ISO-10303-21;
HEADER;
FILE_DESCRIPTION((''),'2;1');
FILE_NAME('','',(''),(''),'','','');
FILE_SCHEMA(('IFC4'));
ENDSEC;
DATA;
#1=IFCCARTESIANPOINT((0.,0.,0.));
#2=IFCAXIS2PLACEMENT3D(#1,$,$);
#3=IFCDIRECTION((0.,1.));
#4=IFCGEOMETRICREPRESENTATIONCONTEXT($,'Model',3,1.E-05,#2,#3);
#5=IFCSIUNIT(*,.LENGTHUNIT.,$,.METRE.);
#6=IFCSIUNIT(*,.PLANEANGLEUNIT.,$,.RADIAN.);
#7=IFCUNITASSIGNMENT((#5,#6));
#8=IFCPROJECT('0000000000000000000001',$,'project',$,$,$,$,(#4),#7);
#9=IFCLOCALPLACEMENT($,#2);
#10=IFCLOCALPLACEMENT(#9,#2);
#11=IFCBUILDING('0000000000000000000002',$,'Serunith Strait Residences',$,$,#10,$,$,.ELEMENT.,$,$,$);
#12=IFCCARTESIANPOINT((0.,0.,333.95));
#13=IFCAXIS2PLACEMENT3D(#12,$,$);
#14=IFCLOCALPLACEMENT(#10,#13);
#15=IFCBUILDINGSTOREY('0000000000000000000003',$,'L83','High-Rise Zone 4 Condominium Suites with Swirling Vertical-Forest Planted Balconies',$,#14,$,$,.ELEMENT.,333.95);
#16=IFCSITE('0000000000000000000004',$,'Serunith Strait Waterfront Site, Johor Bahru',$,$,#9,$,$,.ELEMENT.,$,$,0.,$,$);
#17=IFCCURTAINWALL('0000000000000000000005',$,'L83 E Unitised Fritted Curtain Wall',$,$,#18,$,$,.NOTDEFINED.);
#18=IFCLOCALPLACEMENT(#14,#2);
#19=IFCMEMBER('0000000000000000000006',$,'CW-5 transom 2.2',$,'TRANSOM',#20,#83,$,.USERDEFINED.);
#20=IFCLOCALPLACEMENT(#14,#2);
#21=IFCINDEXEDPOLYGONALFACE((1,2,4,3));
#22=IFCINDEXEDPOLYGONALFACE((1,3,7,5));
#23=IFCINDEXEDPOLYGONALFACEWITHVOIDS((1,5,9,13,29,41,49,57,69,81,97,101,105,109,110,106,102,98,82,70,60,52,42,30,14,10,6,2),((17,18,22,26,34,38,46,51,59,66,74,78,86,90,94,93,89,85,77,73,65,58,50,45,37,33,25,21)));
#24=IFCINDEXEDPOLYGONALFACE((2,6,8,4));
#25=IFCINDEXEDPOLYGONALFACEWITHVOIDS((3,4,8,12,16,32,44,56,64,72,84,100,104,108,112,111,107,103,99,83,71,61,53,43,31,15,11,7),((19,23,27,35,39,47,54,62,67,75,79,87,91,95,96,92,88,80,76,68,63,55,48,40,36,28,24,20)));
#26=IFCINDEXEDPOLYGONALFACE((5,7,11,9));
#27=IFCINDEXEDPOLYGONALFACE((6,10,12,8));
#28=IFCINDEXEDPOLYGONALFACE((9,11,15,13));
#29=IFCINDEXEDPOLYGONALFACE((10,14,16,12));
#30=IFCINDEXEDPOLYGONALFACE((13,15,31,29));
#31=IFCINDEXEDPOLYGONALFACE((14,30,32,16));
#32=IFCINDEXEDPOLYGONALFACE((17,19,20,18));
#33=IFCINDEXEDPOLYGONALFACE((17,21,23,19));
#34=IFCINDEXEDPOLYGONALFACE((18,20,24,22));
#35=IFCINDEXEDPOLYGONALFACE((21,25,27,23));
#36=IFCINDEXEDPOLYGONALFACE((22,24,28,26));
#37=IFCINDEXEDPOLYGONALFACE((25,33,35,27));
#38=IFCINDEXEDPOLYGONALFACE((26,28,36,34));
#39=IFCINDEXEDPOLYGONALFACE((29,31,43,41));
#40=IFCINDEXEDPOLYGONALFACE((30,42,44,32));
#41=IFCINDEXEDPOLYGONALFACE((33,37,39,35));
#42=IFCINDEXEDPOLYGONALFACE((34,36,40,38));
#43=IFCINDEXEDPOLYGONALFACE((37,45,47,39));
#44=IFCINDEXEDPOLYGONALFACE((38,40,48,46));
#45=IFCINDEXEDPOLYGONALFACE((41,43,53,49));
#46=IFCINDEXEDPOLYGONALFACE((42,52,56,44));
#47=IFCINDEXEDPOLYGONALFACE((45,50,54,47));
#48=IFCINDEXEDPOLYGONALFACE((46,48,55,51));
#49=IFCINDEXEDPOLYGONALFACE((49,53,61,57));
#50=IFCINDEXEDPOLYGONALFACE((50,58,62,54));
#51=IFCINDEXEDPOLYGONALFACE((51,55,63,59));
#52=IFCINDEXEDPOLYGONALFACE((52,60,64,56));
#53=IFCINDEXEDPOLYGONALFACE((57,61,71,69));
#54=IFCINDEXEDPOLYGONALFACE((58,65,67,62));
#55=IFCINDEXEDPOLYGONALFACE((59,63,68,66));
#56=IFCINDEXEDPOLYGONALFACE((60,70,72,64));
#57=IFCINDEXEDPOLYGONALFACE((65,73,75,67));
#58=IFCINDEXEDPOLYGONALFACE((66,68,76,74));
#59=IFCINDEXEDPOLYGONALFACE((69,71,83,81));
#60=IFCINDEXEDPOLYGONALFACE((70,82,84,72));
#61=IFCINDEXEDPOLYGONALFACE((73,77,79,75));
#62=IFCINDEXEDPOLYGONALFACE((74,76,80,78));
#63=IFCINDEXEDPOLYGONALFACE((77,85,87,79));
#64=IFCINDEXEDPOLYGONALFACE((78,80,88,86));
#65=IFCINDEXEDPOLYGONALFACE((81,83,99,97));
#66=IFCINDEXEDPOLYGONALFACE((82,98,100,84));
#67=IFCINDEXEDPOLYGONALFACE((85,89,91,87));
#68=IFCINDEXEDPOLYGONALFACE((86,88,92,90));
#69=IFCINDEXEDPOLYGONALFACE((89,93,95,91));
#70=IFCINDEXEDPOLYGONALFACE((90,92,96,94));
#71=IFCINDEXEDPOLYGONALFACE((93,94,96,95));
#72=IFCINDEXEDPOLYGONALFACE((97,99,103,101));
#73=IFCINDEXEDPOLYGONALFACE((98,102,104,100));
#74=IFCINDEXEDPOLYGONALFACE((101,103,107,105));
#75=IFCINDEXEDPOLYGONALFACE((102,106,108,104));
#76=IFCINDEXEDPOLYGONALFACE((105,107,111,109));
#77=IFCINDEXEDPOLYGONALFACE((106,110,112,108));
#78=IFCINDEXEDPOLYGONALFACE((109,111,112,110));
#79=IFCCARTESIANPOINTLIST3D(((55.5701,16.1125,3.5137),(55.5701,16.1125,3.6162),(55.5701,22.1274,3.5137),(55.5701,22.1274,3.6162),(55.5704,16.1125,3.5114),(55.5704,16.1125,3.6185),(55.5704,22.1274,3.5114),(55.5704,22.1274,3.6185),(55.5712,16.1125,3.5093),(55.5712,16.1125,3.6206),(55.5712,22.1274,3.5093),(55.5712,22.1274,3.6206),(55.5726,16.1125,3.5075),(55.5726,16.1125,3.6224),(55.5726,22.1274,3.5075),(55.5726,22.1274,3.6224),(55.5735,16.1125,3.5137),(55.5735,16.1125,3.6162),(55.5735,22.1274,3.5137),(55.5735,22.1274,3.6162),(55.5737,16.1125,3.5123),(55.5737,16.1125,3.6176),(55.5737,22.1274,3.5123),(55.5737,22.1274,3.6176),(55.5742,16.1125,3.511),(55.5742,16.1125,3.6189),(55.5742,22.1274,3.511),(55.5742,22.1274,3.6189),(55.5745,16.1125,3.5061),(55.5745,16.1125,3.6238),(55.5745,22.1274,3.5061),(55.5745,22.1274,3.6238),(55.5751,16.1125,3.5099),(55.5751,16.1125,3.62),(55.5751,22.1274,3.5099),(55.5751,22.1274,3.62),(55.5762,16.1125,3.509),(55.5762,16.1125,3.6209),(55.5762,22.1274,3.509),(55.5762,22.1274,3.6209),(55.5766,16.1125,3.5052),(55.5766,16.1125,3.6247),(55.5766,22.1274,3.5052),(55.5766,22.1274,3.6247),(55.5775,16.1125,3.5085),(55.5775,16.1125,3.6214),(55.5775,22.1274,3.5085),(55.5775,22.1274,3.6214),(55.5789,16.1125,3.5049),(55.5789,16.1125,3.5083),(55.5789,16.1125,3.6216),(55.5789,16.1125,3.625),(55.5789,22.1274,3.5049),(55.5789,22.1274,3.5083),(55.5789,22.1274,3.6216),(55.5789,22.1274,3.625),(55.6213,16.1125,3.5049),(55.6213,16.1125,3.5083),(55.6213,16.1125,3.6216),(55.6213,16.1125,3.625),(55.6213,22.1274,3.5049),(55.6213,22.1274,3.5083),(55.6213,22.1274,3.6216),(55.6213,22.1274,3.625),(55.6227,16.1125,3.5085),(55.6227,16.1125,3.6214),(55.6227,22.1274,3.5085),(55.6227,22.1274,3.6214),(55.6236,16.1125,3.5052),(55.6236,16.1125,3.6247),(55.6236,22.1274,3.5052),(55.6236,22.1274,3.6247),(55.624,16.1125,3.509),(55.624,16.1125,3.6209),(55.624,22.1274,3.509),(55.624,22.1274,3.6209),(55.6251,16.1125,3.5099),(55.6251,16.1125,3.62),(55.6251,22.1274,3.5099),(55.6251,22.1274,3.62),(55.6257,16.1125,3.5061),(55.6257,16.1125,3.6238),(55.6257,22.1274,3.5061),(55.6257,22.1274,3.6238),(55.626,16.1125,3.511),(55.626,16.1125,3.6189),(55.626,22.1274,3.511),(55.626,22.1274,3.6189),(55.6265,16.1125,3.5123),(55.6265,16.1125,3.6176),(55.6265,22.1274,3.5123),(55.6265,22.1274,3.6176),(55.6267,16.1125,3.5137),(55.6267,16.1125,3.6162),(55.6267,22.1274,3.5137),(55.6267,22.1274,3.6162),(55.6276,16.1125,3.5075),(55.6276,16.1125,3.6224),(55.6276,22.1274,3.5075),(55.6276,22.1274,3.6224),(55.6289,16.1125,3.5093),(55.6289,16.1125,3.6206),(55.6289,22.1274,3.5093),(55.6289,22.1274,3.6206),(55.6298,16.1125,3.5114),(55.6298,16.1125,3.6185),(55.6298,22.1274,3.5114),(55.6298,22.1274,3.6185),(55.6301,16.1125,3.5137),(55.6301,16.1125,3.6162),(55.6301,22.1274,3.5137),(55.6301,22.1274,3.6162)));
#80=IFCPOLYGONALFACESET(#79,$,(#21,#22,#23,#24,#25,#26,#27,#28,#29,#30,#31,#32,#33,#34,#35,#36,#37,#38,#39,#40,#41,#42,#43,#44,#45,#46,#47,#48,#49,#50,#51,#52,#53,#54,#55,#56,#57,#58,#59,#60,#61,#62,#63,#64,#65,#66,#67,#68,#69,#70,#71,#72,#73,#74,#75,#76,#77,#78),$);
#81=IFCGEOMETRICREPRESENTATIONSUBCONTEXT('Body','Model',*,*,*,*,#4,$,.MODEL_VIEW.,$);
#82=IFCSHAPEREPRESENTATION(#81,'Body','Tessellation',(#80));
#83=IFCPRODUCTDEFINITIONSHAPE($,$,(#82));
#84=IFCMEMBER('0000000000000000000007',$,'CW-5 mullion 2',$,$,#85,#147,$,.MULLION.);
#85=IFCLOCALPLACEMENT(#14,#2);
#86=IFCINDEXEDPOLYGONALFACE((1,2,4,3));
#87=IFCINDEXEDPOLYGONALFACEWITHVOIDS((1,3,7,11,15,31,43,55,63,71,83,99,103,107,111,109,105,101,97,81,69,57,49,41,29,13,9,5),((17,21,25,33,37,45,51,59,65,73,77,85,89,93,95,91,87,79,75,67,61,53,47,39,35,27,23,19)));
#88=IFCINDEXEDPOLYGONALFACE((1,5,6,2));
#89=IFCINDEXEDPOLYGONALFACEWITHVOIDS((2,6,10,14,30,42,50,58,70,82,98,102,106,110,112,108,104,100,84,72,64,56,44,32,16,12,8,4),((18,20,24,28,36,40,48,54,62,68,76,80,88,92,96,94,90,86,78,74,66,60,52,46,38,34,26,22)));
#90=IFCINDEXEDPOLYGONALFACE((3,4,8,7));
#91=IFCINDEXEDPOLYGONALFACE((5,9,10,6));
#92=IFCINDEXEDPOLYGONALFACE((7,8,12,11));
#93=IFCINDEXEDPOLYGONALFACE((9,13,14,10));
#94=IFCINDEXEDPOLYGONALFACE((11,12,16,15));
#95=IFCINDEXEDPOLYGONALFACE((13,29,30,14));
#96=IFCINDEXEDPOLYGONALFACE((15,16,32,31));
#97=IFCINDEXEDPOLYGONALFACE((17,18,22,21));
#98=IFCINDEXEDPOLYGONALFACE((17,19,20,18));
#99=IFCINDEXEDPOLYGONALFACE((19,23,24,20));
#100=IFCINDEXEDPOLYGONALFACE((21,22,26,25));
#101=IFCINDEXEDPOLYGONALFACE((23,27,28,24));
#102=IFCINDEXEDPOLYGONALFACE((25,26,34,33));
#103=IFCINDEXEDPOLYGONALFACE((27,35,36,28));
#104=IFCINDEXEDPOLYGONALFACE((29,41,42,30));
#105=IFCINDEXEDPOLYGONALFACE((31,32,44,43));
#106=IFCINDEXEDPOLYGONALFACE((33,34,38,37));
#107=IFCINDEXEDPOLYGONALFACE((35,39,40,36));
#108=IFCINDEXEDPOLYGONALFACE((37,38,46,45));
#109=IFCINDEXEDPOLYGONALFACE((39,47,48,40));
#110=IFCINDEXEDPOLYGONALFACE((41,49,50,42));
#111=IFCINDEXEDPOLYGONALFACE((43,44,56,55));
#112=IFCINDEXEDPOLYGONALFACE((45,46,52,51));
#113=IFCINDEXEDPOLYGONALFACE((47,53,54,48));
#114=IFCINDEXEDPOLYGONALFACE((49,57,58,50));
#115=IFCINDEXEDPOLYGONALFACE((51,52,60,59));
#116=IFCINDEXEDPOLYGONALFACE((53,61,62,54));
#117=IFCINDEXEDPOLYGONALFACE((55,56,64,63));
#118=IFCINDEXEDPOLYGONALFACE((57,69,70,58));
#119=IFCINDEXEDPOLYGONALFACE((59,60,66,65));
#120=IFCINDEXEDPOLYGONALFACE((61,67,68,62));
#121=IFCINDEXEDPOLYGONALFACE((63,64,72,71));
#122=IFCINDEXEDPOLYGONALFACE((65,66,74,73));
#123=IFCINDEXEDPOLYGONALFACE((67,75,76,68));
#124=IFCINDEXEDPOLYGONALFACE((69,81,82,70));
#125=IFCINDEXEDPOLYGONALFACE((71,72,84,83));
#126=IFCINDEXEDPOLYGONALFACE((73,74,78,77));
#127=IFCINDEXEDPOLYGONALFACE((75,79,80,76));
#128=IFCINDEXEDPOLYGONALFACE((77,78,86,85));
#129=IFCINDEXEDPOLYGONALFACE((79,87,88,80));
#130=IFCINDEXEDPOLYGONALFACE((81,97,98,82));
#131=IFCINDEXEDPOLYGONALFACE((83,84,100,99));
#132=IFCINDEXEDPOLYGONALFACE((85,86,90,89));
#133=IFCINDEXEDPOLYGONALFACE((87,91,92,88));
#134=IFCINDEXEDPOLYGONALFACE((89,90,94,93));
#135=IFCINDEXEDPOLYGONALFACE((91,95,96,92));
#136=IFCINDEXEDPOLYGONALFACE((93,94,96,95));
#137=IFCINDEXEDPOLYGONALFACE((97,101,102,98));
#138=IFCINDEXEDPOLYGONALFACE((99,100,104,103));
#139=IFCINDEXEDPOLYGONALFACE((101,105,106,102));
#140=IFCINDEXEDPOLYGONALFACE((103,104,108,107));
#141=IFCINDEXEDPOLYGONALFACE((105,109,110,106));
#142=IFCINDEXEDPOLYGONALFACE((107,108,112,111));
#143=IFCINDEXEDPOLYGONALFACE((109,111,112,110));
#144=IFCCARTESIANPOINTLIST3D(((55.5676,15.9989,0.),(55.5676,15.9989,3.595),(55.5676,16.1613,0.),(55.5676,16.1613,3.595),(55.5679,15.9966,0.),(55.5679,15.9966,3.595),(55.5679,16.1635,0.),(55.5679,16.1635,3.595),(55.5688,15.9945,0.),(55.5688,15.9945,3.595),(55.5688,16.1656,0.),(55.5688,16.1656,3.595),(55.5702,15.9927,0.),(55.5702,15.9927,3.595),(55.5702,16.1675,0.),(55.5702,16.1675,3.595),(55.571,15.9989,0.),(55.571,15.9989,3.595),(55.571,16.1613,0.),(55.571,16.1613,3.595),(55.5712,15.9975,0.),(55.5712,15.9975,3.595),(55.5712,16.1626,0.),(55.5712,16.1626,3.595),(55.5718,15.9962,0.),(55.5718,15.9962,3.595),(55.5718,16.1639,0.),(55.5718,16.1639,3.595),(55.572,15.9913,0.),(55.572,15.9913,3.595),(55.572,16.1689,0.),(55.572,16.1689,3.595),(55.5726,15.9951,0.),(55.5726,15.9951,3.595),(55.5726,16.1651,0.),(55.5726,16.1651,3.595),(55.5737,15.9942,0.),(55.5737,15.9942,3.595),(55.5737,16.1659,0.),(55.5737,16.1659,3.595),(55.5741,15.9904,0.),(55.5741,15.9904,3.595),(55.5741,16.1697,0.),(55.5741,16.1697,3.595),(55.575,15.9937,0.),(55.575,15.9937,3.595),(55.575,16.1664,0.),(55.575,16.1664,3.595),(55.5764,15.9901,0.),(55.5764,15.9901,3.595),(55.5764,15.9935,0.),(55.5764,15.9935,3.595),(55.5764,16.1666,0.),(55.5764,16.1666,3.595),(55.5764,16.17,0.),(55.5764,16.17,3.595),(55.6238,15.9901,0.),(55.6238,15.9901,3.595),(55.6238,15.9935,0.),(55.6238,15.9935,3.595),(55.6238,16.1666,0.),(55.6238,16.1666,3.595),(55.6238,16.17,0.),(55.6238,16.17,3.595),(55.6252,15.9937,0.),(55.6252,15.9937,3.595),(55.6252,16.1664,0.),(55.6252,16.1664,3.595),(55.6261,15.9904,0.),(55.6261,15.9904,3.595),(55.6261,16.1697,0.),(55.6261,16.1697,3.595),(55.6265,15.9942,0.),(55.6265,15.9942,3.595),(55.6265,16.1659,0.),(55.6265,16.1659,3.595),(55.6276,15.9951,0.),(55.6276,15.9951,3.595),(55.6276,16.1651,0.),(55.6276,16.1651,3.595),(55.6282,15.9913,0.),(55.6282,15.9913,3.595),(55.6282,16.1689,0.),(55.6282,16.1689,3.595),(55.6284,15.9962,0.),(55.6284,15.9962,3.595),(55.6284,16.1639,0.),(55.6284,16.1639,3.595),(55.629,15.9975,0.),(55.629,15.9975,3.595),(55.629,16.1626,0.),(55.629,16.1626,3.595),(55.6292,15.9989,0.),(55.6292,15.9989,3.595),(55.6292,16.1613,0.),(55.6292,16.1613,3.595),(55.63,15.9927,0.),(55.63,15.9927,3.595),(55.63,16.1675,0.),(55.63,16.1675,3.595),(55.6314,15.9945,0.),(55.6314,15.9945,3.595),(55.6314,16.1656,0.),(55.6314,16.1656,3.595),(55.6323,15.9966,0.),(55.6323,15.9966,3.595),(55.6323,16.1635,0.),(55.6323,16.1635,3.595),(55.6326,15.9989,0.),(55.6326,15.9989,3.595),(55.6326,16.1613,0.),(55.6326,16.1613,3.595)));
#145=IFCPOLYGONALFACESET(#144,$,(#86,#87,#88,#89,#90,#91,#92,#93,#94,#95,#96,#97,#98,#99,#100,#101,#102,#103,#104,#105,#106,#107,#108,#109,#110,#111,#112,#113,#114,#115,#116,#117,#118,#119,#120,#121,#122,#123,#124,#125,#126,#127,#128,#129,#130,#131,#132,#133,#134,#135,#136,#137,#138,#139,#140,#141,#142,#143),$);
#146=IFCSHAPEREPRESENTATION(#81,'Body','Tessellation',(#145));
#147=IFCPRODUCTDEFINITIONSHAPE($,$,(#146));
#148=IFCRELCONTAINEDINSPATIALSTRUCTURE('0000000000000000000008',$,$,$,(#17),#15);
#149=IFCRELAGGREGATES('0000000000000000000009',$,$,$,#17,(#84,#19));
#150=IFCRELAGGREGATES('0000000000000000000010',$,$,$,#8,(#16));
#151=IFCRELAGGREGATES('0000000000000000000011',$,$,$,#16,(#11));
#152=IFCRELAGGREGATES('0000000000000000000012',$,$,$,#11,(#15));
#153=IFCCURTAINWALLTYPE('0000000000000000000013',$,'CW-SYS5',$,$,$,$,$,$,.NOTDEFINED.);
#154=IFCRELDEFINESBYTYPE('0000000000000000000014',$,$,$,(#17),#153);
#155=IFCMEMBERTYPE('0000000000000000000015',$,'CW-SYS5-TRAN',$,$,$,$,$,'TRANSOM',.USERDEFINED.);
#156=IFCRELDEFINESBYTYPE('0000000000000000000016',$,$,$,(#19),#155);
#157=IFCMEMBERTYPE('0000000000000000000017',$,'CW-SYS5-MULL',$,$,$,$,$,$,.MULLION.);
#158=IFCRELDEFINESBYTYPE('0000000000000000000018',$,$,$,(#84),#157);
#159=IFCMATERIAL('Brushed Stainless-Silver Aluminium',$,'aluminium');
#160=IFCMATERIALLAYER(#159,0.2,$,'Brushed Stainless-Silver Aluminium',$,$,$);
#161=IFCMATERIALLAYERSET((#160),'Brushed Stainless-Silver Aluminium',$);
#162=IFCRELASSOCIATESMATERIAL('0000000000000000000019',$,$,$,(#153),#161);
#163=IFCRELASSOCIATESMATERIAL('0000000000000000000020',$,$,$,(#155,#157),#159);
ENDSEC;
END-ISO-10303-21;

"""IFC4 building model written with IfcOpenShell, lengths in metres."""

from ifc_helpers import new_model, si_unit, direction, frame, origin, origin_2d, place, context, subcontext, project, spatial, hollow_rectangle, extrude, source, transform, mapped, material, layer, layer_set, material_profile, profile_set, type_object, element, aggregate, save


model = new_model("IFC4")

# Units and contexts
model_context = context("Model", 3, precision=1e-05, world=origin(), true_north=direction((0.0, 1.0)))
body_context = subcontext(model_context, "Body", "Model", "MODEL_VIEW")
ifc_project = project(units=[si_unit("LENGTHUNIT", "METRE"), si_unit("PLANEANGLEUNIT", "RADIAN")], contexts=[model_context])

# Site, building, storey
site_placement = place(None, origin())
site = spatial("IfcSite", under=ifc_project, at=site_placement, Name="Serunith Strait Waterfront Site, Johor Bahru", CompositionType="ELEMENT", RefElevation=0.0)
building_placement = place(site_placement, origin())
building = spatial("IfcBuilding", under=site, at=building_placement, Name="Serunith Strait Residences", CompositionType="ELEMENT")
storey_placement = place(building_placement, frame((0.0, 0.0, 333.95)))
storey = spatial("IfcBuildingStorey", under=building, at=storey_placement, Name="L83", Description="High-Rise Zone 4 Condominium Suites with Swirling Vertical-Forest Planted Balconies", CompositionType="ELEMENT", Elevation=333.95)

# Curtain wall, members
ifc_material_1 = material(Name="Brushed Stainless-Silver Aluminium", Category="aluminium")
ifc_layer_1 = layer(ifc_material_1, 0.2, Name="Brushed Stainless-Silver Aluminium")
ifc_layer_set_1 = layer_set([ifc_layer_1], Name="Brushed Stainless-Silver Aluminium")
curtain_wall_type = type_object("IfcCurtainWallType", Name="CW-SYS5", PredefinedType="NOTDEFINED", material=ifc_layer_set_1)
curtain_wall_placement = place(storey_placement, origin())
curtain_wall = element("IfcCurtainWall", 1, at=curtain_wall_placement, inside=storey, type_object=curtain_wall_type, Name="L83 E Unitised Fritted Curtain Wall", PredefinedType="NOTDEFINED")
ifc_material_profile_1 = material_profile(ifc_material_1, hollow_rectangle(XDim=0.0601, YDim=0.1201, WallThickness=0.0034, InnerFilletRadius=0.0054, OuterFilletRadius=0.0088, at=origin_2d()), Name="ALU 120x60x3.5")
ifc_profile_set_1 = profile_set([ifc_material_profile_1], Name="Brushed Stainless-Silver Aluminium")
member_type_1 = type_object("IfcMemberType", Name="CW-SYS5-TRAN", ElementType="TRANSOM", PredefinedType="USERDEFINED", material=ifc_profile_set_1)
shared_shape_1 = source(origin(), body_context, "Body", "SweptSolid", [
    extrude(hollow_rectangle(XDim=0.0601, YDim=0.1201, WallThickness=0.0034, InnerFilletRadius=0.0054, OuterFilletRadius=0.0088, at=origin_2d()), origin(), (0.0, 0.0, 1.0), 6.0149),
])
member_1_placement = place(storey_placement, frame((55.6001, 16.1125, 3.5649), z_axis=(0.0, 1.0, 0.0), x_axis=(-1.0, 0.0, 0.0)))
member_1 = element("IfcMember", 2, at=member_1_placement, type_object=member_type_1, Name="CW-5 transom 2.2", ObjectType="TRANSOM", PredefinedType="USERDEFINED", context=body_context, shape_type="MappedRepresentation", body=[
    mapped(shared_shape_1, transform((0.0, 0.0, 0.0), scale=1.0)),
])
ifc_material_profile_2 = material_profile(ifc_material_1, hollow_rectangle(XDim=0.0649, YDim=0.1799, WallThickness=0.0034, InnerFilletRadius=0.0054, OuterFilletRadius=0.0088, at=origin_2d()), Name="ALU 180x65x3.5")
ifc_profile_set_2 = profile_set([ifc_material_profile_2], Name="Brushed Stainless-Silver Aluminium")
member_type_2 = type_object("IfcMemberType", Name="CW-SYS5-MULL", PredefinedType="MULLION", material=ifc_profile_set_2)
shared_shape_2 = source(origin(), body_context, "Body", "SweptSolid", [
    extrude(hollow_rectangle(XDim=0.0649, YDim=0.1799, WallThickness=0.0034, InnerFilletRadius=0.0054, OuterFilletRadius=0.0088, at=origin_2d()), origin(), (0.0, 0.0, 1.0), 3.595),
])
member_2_placement = place(storey_placement, frame((55.6001, 16.0801, 0.0), z_axis=(0.0, 0.0, 1.0), x_axis=(-1.0, 0.0, 0.0)))
member_2 = element("IfcMember", 3, at=member_2_placement, type_object=member_type_2, Name="CW-5 mullion 2", PredefinedType="MULLION", context=body_context, shape_type="MappedRepresentation", body=[
    mapped(shared_shape_2, transform((0.0, 0.0, 0.0), scale=1.0)),
])
aggregate(curtain_wall, [member_2, member_1])

save(model, "model.ifc")
